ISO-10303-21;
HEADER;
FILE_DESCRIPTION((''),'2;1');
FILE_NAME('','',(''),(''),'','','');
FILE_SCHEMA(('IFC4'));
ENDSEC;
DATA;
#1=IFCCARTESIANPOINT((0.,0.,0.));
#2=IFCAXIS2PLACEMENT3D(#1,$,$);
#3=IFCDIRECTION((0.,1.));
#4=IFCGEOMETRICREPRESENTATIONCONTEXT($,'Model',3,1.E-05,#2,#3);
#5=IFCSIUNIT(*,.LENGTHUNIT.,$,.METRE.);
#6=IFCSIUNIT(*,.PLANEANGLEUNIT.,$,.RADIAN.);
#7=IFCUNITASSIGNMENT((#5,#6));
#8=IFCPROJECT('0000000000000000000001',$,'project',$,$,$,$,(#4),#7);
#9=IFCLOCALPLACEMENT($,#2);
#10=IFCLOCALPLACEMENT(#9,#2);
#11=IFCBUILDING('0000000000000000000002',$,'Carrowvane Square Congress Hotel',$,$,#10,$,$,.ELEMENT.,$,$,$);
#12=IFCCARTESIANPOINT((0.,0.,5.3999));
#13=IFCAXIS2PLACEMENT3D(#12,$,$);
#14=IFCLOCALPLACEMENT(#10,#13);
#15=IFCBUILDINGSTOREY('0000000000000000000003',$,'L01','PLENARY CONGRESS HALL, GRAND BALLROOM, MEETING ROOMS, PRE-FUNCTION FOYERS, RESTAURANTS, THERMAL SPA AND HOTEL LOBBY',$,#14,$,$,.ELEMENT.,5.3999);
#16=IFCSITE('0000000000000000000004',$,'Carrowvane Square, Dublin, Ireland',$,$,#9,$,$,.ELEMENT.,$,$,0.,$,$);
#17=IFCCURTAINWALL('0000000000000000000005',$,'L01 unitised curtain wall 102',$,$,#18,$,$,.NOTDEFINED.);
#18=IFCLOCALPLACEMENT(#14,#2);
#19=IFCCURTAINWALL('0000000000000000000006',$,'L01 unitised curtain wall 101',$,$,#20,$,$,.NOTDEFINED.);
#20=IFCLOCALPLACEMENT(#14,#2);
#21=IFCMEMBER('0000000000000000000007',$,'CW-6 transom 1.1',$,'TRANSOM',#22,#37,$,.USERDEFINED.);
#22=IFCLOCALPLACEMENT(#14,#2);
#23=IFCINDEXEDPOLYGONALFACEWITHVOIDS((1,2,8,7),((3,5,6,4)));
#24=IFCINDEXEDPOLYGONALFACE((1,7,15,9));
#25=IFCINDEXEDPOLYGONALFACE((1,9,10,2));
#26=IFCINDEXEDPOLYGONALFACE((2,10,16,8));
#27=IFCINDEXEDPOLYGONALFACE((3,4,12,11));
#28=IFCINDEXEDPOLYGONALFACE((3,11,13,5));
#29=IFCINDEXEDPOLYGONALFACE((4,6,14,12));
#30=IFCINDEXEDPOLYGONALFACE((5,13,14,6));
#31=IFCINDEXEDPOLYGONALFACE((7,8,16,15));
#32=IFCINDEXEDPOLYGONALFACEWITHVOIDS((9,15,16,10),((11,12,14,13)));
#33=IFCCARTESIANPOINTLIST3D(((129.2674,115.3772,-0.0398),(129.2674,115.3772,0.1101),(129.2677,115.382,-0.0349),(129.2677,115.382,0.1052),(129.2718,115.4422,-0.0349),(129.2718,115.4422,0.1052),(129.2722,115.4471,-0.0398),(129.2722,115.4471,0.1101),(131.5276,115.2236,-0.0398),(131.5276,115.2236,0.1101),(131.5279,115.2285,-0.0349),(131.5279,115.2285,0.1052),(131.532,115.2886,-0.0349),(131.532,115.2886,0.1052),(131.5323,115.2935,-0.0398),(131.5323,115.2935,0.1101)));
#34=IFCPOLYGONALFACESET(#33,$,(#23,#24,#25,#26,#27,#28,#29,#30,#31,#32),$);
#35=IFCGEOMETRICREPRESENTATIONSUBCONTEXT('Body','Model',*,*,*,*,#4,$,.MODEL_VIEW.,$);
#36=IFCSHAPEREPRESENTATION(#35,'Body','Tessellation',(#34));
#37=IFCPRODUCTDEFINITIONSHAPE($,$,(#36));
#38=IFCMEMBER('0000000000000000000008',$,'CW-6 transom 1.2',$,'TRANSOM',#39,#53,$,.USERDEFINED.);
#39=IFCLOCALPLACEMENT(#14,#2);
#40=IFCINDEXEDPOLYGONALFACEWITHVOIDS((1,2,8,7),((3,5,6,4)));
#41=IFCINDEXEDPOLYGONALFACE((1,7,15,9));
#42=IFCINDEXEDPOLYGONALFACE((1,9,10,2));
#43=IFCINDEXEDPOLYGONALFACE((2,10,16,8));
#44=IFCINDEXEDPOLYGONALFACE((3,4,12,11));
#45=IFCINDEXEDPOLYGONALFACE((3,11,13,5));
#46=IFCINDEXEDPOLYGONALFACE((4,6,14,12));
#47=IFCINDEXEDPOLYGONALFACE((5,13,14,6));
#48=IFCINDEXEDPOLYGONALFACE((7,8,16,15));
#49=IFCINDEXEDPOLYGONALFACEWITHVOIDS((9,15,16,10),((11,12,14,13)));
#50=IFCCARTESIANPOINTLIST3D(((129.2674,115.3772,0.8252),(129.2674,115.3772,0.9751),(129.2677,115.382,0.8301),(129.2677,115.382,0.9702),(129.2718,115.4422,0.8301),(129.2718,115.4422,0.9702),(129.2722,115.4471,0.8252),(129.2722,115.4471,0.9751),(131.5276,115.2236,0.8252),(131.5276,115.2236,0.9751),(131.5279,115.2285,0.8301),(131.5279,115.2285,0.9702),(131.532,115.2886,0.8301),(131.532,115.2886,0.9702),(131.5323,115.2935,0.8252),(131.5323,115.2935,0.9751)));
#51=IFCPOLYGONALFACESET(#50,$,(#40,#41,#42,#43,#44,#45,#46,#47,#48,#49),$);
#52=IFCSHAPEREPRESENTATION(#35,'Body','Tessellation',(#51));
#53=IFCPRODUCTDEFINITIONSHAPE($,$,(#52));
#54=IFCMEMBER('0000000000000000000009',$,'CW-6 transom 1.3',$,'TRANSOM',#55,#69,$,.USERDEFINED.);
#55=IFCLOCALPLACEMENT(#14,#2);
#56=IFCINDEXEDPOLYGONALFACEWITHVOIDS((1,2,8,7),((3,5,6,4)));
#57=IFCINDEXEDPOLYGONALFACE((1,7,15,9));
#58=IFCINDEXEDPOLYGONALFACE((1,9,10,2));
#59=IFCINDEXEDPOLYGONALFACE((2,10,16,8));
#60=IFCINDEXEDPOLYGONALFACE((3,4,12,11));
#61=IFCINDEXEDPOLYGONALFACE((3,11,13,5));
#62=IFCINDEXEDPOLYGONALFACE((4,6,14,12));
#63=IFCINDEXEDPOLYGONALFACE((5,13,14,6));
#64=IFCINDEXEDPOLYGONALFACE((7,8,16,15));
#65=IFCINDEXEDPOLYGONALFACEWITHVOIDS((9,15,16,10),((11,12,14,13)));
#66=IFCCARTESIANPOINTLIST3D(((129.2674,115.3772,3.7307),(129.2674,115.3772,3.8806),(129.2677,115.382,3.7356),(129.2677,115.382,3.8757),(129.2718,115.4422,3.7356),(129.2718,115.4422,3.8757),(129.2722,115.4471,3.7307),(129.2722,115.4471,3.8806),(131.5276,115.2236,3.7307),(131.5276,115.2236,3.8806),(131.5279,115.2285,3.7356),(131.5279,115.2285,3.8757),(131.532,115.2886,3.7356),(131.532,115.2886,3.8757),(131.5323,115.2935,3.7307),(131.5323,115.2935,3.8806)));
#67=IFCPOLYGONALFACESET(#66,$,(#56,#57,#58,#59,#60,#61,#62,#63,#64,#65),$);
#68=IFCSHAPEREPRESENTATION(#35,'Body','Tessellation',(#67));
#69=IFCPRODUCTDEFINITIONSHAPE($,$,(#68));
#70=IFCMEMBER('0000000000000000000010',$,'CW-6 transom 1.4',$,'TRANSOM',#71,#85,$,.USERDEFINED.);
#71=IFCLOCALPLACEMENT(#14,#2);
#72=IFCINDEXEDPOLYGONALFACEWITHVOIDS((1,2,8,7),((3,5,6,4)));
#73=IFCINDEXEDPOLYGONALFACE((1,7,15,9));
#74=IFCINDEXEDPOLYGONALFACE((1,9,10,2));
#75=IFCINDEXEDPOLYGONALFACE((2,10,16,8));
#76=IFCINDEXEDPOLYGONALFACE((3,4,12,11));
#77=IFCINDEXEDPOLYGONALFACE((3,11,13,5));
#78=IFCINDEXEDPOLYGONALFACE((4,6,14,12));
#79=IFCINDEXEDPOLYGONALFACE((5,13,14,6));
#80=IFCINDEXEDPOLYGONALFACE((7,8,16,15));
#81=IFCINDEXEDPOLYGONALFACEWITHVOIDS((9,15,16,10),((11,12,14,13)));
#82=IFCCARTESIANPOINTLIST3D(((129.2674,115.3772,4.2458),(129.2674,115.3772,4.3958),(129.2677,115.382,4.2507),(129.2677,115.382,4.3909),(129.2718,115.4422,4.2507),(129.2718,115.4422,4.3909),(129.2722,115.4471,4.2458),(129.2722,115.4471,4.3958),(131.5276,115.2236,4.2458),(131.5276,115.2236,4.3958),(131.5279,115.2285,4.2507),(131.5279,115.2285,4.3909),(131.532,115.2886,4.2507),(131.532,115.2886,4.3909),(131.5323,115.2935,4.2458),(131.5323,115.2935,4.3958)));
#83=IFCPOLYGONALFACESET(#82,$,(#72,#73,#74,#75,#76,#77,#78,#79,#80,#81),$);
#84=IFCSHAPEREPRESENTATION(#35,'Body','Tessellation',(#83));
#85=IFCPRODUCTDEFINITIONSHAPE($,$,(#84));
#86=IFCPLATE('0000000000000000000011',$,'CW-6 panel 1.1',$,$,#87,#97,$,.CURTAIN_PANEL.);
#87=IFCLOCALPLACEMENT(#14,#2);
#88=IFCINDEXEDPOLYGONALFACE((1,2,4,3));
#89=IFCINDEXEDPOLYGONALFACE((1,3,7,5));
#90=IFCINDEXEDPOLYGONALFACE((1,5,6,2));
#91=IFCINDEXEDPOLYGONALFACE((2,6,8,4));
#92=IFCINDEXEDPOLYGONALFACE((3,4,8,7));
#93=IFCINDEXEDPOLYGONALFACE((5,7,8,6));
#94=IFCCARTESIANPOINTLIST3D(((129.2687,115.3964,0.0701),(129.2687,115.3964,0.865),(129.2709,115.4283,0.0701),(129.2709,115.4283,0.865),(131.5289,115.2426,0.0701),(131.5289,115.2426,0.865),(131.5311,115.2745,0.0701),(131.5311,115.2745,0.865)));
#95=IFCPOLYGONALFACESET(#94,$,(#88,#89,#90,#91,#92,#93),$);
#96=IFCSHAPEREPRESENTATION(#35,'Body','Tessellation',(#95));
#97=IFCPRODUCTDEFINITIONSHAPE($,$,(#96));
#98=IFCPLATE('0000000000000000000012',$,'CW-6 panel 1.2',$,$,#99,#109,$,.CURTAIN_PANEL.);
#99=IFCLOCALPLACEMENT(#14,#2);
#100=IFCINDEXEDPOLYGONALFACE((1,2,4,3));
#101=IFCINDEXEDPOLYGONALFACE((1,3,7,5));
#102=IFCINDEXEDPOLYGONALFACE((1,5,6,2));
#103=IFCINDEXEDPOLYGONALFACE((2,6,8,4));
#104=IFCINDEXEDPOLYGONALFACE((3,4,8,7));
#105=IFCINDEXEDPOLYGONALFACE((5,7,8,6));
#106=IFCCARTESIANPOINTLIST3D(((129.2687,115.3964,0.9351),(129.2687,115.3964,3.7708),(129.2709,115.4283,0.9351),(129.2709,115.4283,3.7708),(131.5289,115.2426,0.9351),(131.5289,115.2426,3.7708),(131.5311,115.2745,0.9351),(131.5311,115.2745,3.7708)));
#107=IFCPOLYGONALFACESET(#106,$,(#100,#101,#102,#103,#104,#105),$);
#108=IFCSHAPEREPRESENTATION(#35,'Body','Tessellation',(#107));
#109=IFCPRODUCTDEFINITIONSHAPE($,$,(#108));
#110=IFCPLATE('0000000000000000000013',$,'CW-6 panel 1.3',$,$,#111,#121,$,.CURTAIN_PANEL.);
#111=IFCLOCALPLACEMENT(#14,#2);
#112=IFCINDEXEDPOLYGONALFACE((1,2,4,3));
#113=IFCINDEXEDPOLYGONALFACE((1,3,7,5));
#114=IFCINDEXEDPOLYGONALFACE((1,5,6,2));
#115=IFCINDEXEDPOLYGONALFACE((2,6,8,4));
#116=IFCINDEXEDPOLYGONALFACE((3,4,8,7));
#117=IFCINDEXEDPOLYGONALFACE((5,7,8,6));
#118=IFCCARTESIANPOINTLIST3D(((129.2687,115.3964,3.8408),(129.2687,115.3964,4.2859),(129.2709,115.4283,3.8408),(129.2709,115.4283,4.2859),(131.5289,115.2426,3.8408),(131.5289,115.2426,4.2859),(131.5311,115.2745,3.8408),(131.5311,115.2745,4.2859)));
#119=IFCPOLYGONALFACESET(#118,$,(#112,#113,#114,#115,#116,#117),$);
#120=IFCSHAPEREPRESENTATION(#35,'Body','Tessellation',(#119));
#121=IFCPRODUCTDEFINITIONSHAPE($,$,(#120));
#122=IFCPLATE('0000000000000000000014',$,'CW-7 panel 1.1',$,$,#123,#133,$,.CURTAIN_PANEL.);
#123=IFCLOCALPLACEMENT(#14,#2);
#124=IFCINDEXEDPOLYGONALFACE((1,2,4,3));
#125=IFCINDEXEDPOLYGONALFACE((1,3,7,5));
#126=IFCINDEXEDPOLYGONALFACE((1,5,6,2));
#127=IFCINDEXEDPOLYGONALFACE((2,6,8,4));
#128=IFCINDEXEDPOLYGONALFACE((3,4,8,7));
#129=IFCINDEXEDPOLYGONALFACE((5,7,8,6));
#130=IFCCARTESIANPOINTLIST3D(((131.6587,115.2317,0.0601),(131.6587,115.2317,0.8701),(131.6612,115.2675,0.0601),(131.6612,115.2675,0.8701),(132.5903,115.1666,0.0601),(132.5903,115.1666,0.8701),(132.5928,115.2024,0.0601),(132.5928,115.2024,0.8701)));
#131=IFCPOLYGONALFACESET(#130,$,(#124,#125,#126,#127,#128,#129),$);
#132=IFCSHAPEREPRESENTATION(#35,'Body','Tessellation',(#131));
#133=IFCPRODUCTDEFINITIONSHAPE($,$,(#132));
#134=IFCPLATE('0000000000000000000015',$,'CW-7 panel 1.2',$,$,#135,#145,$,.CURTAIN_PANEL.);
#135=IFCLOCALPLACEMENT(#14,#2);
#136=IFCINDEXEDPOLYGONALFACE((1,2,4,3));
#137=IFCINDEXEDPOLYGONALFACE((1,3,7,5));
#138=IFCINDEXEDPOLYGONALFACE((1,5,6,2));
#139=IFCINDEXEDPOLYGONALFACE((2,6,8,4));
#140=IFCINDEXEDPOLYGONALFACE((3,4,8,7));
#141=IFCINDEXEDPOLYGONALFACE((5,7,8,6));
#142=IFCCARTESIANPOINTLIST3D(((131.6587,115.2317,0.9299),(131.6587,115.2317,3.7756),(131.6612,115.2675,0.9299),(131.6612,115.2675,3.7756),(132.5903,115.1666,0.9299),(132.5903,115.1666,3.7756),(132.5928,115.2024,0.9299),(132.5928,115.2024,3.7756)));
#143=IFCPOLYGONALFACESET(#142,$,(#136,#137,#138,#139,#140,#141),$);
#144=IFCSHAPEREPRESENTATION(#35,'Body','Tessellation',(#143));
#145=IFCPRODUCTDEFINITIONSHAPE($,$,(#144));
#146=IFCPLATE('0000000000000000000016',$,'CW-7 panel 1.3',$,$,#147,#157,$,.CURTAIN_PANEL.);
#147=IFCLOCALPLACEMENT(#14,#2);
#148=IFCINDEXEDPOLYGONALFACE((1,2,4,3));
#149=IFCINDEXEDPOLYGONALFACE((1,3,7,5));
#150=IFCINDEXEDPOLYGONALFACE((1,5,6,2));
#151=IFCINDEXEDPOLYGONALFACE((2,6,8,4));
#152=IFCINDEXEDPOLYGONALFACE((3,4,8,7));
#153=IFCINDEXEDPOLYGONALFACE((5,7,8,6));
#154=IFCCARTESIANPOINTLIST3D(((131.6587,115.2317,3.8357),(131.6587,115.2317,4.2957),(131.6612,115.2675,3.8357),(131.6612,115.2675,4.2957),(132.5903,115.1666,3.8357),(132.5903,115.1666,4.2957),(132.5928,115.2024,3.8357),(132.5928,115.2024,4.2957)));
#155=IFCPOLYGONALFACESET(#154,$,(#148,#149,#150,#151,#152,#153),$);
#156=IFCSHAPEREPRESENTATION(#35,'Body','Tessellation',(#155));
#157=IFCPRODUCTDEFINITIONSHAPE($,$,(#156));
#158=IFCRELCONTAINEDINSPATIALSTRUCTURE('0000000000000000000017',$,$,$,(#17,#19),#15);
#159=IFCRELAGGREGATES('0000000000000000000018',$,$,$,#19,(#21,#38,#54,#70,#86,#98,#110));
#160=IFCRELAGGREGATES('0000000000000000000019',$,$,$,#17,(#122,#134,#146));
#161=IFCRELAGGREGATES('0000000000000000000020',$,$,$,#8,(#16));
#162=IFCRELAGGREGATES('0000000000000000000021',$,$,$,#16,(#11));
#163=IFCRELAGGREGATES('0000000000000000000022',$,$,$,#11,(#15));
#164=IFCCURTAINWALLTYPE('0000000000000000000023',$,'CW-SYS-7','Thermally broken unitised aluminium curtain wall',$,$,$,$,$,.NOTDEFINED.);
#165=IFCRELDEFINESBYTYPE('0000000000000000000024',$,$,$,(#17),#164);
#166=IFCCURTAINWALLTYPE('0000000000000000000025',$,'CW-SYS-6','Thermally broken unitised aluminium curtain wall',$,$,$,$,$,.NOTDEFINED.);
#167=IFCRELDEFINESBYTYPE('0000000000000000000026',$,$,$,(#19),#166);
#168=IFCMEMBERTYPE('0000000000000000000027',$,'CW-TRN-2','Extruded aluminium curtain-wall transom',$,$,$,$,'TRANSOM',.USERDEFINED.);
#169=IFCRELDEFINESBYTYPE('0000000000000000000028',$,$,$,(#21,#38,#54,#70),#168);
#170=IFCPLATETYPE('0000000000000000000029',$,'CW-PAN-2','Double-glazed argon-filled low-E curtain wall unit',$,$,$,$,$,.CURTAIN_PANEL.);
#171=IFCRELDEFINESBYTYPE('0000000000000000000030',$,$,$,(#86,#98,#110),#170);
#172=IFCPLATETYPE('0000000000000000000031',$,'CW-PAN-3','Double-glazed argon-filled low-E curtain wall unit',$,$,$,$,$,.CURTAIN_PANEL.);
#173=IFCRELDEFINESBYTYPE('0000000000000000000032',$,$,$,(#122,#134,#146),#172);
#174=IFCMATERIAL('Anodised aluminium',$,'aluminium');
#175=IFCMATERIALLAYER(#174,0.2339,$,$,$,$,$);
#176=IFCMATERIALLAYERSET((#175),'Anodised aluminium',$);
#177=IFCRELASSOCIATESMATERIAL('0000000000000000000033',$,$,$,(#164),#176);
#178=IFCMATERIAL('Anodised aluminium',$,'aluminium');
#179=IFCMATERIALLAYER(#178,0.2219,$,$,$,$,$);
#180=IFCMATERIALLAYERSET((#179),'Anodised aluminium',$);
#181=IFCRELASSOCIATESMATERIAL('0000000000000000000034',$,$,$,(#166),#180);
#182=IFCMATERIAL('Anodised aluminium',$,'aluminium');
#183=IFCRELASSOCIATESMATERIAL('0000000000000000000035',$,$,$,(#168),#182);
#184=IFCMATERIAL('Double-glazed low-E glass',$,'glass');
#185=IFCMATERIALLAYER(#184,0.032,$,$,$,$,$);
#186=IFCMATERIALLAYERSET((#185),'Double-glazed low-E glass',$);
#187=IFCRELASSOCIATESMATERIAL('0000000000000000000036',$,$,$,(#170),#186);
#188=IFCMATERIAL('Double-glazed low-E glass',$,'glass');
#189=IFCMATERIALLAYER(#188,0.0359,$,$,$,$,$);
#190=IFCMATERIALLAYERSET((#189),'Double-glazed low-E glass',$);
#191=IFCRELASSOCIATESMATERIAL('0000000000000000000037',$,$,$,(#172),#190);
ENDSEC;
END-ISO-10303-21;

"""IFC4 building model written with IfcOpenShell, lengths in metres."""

from ifc_helpers import new_model, si_unit, direction, frame, origin, origin_2d, place, context, subcontext, project, spatial, rectangle, hollow_rectangle, extrude, material, layer, layer_set, material_profile, profile_set, type_object, element, aggregate, save


model = new_model("IFC4")

# Units and contexts
model_context = context("Model", 3, precision=1e-05, world=origin(), true_north=direction((0.0, 1.0)))
body_context = subcontext(model_context, "Body", "Model", "MODEL_VIEW")
ifc_project = project(units=[si_unit("LENGTHUNIT", "METRE"), si_unit("PLANEANGLEUNIT", "RADIAN")], contexts=[model_context])

# Site, building, storey
site_placement = place(None, origin())
site = spatial("IfcSite", under=ifc_project, at=site_placement, Name="Carrowvane Square, Dublin, Ireland", CompositionType="ELEMENT", RefElevation=0.0)
building_placement = place(site_placement, origin())
building = spatial("IfcBuilding", under=site, at=building_placement, Name="Carrowvane Square Congress Hotel", CompositionType="ELEMENT")
storey_placement = place(building_placement, frame((0.0, 0.0, 5.3999)))
storey = spatial("IfcBuildingStorey", under=building, at=storey_placement, Name="L01", Description="PLENARY CONGRESS HALL, GRAND BALLROOM, MEETING ROOMS, PRE-FUNCTION FOYERS, RESTAURANTS, THERMAL SPA AND HOTEL LOBBY", CompositionType="ELEMENT", Elevation=5.3999)

# Curtain walls
ifc_material_1 = material(Name="Anodised aluminium", Category="aluminium")
ifc_layer_1 = layer(ifc_material_1, 0.2339)
ifc_layer_set_1 = layer_set([ifc_layer_1], Name="Anodised aluminium")
curtain_wall_type_1 = type_object("IfcCurtainWallType", Name="CW-SYS-7", Description="Thermally broken unitised aluminium curtain wall", PredefinedType="NOTDEFINED", material=ifc_layer_set_1)
curtain_wall_1_placement = place(storey_placement, origin())
curtain_wall_1 = element("IfcCurtainWall", 1, at=curtain_wall_1_placement, inside=storey, type_object=curtain_wall_type_1, Name="L01 unitised curtain wall 102", PredefinedType="NOTDEFINED")
ifc_material_2 = material(Name="Anodised aluminium", Category="aluminium")
ifc_layer_2 = layer(ifc_material_2, 0.2219)
ifc_layer_set_2 = layer_set([ifc_layer_2], Name="Anodised aluminium")
curtain_wall_type_2 = type_object("IfcCurtainWallType", Name="CW-SYS-6", Description="Thermally broken unitised aluminium curtain wall", PredefinedType="NOTDEFINED", material=ifc_layer_set_2)
curtain_wall_2_placement = place(storey_placement, origin())
curtain_wall_2 = element("IfcCurtainWall", 2, at=curtain_wall_2_placement, inside=storey, type_object=curtain_wall_type_2, Name="L01 unitised curtain wall 101", PredefinedType="NOTDEFINED")

# Members
ifc_material_3 = material(Name="Anodised aluminium", Category="aluminium")
ifc_material_profile_1 = material_profile(ifc_material_3, hollow_rectangle(XDim=0.0701, YDim=0.1499, WallThickness=0.0049, at=origin_2d()), Name="CW-TR 70x150x5")
ifc_profile_set_1 = profile_set([ifc_material_profile_1], Name="Anodised aluminium")
member_type_1 = type_object("IfcMemberType", Name="CW-TRN-2", Description="Extruded aluminium curtain-wall transom", ElementType="TRANSOM", PredefinedType="USERDEFINED", material=ifc_profile_set_1)
member_1_placement = place(storey_placement, frame((129.2698, 115.4121, 0.0352), z_axis=(0.9977, -0.067785, 0.0), x_axis=(0.067785, 0.9977, 0.0)))
member_1 = element("IfcMember", 3, at=member_1_placement, type_object=member_type_1, Name="CW-6 transom 1.1", ObjectType="TRANSOM", PredefinedType="USERDEFINED", context=body_context, shape_type="SweptSolid", body=[
    extrude(hollow_rectangle(XDim=0.0701, YDim=0.1499, WallThickness=0.0049, at=origin_2d()), origin(), (0.0, 0.0, 1.0), 2.2654),
])
member_2_placement = place(storey_placement, frame((129.2698, 115.4121, 0.9001), z_axis=(0.9977, -0.067785, 0.0), x_axis=(0.067785, 0.9977, 0.0)))
member_2 = element("IfcMember", 4, at=member_2_placement, type_object=member_type_1, Name="CW-6 transom 1.2", ObjectType="TRANSOM", PredefinedType="USERDEFINED", context=body_context, shape_type="SweptSolid", body=[
    extrude(hollow_rectangle(XDim=0.0701, YDim=0.1499, WallThickness=0.0049, at=origin_2d()), origin(), (0.0, 0.0, 1.0), 2.2654),
])
member_3_placement = place(storey_placement, frame((129.2698, 115.4121, 3.8057), z_axis=(0.9977, -0.067785, 0.0), x_axis=(0.067785, 0.9977, 0.0)))
member_3 = element("IfcMember", 5, at=member_3_placement, type_object=member_type_1, Name="CW-6 transom 1.3", ObjectType="TRANSOM", PredefinedType="USERDEFINED", context=body_context, shape_type="SweptSolid", body=[
    extrude(hollow_rectangle(XDim=0.0701, YDim=0.1499, WallThickness=0.0049, at=origin_2d()), origin(), (0.0, 0.0, 1.0), 2.2654),
])
member_4_placement = place(storey_placement, frame((129.2698, 115.4121, 4.3208), z_axis=(0.9977, -0.067785, 0.0), x_axis=(0.067785, 0.9977, 0.0)))
member_4 = element("IfcMember", 6, at=member_4_placement, type_object=member_type_1, Name="CW-6 transom 1.4", ObjectType="TRANSOM", PredefinedType="USERDEFINED", context=body_context, shape_type="SweptSolid", body=[
    extrude(hollow_rectangle(XDim=0.0701, YDim=0.1499, WallThickness=0.0049, at=origin_2d()), origin(), (0.0, 0.0, 1.0), 2.2654),
])

# Plates
ifc_material_4 = material(Name="Double-glazed low-E glass", Category="glass")
ifc_layer_3 = layer(ifc_material_4, 0.032)
ifc_layer_set_3 = layer_set([ifc_layer_3], Name="Double-glazed low-E glass")
plate_type_1 = type_object("IfcPlateType", Name="CW-PAN-2", Description="Double-glazed argon-filled low-E curtain wall unit", PredefinedType="CURTAIN_PANEL", material=ifc_layer_set_3)
plate_1_placement = place(storey_placement, frame((130.3999, 115.3354, 0.0701), z_axis=(0.0, 0.0, 1.0), x_axis=(0.997694, -0.06787, 0.0)))
plate_1 = element("IfcPlate", 7, at=plate_1_placement, type_object=plate_type_1, Name="CW-6 panel 1.1", PredefinedType="CURTAIN_PANEL", context=body_context, shape_type="SweptSolid", body=[
    extrude(rectangle(XDim=2.2654, YDim=0.032, at=origin_2d()), origin(), (0.0, 0.0, 1.0), 0.7949),
])
plate_2_placement = place(storey_placement, frame((130.3999, 115.3354, 0.9351), z_axis=(0.0, 0.0, 1.0), x_axis=(0.997694, -0.06787, 0.0)))
plate_2 = element("IfcPlate", 8, at=plate_2_placement, type_object=plate_type_1, Name="CW-6 panel 1.2", PredefinedType="CURTAIN_PANEL", context=body_context, shape_type="SweptSolid", body=[
    extrude(rectangle(XDim=2.2654, YDim=0.032, at=origin_2d()), origin(), (0.0, 0.0, 1.0), 2.8357),
])
plate_3_placement = place(storey_placement, frame((130.3999, 115.3354, 3.8408), z_axis=(0.0, 0.0, 1.0), x_axis=(0.997694, -0.06787, 0.0)))
plate_3 = element("IfcPlate", 9, at=plate_3_placement, type_object=plate_type_1, Name="CW-6 panel 1.3", PredefinedType="CURTAIN_PANEL", context=body_context, shape_type="SweptSolid", body=[
    extrude(rectangle(XDim=2.2654, YDim=0.032, at=origin_2d()), origin(), (0.0, 0.0, 1.0), 0.4451),
])
aggregate(curtain_wall_2, [member_1, member_2, member_3, member_4, plate_1, plate_2, plate_3])
ifc_material_5 = material(Name="Double-glazed low-E glass", Category="glass")
ifc_layer_4 = layer(ifc_material_5, 0.0359)
ifc_layer_set_4 = layer_set([ifc_layer_4], Name="Double-glazed low-E glass")
plate_type_2 = type_object("IfcPlateType", Name="CW-PAN-3", Description="Double-glazed argon-filled low-E curtain wall unit", PredefinedType="CURTAIN_PANEL", material=ifc_layer_set_4)
plate_4_placement = place(storey_placement, frame((132.1257, 115.217, 0.0601), z_axis=(0.0, 0.0, 1.0), x_axis=(0.997566, -0.069727, 0.0)))
plate_4 = element("IfcPlate", 10, at=plate_4_placement, type_object=plate_type_2, Name="CW-7 panel 1.1", PredefinedType="CURTAIN_PANEL", context=body_context, shape_type="SweptSolid", body=[
    extrude(rectangle(XDim=0.9338, YDim=0.0359, at=origin_2d()), origin(), (0.0, 0.0, 1.0), 0.8101),
])
plate_5_placement = place(storey_placement, frame((132.1257, 115.217, 0.9299), z_axis=(0.0, 0.0, 1.0), x_axis=(0.997566, -0.069727, 0.0)))
plate_5 = element("IfcPlate", 11, at=plate_5_placement, type_object=plate_type_2, Name="CW-7 panel 1.2", PredefinedType="CURTAIN_PANEL", context=body_context, shape_type="SweptSolid", body=[
    extrude(rectangle(XDim=0.9338, YDim=0.0359, at=origin_2d()), origin(), (0.0, 0.0, 1.0), 2.8457),
])
plate_6_placement = place(storey_placement, frame((132.1257, 115.217, 3.8357), z_axis=(0.0, 0.0, 1.0), x_axis=(0.997566, -0.069727, 0.0)))
plate_6 = element("IfcPlate", 12, at=plate_6_placement, type_object=plate_type_2, Name="CW-7 panel 1.3", PredefinedType="CURTAIN_PANEL", context=body_context, shape_type="SweptSolid", body=[
    extrude(rectangle(XDim=0.9338, YDim=0.0359, at=origin_2d()), origin(), (0.0, 0.0, 1.0), 0.46),
])
aggregate(curtain_wall_1, [plate_4, plate_5, plate_6])

save(model, "model.ifc")
